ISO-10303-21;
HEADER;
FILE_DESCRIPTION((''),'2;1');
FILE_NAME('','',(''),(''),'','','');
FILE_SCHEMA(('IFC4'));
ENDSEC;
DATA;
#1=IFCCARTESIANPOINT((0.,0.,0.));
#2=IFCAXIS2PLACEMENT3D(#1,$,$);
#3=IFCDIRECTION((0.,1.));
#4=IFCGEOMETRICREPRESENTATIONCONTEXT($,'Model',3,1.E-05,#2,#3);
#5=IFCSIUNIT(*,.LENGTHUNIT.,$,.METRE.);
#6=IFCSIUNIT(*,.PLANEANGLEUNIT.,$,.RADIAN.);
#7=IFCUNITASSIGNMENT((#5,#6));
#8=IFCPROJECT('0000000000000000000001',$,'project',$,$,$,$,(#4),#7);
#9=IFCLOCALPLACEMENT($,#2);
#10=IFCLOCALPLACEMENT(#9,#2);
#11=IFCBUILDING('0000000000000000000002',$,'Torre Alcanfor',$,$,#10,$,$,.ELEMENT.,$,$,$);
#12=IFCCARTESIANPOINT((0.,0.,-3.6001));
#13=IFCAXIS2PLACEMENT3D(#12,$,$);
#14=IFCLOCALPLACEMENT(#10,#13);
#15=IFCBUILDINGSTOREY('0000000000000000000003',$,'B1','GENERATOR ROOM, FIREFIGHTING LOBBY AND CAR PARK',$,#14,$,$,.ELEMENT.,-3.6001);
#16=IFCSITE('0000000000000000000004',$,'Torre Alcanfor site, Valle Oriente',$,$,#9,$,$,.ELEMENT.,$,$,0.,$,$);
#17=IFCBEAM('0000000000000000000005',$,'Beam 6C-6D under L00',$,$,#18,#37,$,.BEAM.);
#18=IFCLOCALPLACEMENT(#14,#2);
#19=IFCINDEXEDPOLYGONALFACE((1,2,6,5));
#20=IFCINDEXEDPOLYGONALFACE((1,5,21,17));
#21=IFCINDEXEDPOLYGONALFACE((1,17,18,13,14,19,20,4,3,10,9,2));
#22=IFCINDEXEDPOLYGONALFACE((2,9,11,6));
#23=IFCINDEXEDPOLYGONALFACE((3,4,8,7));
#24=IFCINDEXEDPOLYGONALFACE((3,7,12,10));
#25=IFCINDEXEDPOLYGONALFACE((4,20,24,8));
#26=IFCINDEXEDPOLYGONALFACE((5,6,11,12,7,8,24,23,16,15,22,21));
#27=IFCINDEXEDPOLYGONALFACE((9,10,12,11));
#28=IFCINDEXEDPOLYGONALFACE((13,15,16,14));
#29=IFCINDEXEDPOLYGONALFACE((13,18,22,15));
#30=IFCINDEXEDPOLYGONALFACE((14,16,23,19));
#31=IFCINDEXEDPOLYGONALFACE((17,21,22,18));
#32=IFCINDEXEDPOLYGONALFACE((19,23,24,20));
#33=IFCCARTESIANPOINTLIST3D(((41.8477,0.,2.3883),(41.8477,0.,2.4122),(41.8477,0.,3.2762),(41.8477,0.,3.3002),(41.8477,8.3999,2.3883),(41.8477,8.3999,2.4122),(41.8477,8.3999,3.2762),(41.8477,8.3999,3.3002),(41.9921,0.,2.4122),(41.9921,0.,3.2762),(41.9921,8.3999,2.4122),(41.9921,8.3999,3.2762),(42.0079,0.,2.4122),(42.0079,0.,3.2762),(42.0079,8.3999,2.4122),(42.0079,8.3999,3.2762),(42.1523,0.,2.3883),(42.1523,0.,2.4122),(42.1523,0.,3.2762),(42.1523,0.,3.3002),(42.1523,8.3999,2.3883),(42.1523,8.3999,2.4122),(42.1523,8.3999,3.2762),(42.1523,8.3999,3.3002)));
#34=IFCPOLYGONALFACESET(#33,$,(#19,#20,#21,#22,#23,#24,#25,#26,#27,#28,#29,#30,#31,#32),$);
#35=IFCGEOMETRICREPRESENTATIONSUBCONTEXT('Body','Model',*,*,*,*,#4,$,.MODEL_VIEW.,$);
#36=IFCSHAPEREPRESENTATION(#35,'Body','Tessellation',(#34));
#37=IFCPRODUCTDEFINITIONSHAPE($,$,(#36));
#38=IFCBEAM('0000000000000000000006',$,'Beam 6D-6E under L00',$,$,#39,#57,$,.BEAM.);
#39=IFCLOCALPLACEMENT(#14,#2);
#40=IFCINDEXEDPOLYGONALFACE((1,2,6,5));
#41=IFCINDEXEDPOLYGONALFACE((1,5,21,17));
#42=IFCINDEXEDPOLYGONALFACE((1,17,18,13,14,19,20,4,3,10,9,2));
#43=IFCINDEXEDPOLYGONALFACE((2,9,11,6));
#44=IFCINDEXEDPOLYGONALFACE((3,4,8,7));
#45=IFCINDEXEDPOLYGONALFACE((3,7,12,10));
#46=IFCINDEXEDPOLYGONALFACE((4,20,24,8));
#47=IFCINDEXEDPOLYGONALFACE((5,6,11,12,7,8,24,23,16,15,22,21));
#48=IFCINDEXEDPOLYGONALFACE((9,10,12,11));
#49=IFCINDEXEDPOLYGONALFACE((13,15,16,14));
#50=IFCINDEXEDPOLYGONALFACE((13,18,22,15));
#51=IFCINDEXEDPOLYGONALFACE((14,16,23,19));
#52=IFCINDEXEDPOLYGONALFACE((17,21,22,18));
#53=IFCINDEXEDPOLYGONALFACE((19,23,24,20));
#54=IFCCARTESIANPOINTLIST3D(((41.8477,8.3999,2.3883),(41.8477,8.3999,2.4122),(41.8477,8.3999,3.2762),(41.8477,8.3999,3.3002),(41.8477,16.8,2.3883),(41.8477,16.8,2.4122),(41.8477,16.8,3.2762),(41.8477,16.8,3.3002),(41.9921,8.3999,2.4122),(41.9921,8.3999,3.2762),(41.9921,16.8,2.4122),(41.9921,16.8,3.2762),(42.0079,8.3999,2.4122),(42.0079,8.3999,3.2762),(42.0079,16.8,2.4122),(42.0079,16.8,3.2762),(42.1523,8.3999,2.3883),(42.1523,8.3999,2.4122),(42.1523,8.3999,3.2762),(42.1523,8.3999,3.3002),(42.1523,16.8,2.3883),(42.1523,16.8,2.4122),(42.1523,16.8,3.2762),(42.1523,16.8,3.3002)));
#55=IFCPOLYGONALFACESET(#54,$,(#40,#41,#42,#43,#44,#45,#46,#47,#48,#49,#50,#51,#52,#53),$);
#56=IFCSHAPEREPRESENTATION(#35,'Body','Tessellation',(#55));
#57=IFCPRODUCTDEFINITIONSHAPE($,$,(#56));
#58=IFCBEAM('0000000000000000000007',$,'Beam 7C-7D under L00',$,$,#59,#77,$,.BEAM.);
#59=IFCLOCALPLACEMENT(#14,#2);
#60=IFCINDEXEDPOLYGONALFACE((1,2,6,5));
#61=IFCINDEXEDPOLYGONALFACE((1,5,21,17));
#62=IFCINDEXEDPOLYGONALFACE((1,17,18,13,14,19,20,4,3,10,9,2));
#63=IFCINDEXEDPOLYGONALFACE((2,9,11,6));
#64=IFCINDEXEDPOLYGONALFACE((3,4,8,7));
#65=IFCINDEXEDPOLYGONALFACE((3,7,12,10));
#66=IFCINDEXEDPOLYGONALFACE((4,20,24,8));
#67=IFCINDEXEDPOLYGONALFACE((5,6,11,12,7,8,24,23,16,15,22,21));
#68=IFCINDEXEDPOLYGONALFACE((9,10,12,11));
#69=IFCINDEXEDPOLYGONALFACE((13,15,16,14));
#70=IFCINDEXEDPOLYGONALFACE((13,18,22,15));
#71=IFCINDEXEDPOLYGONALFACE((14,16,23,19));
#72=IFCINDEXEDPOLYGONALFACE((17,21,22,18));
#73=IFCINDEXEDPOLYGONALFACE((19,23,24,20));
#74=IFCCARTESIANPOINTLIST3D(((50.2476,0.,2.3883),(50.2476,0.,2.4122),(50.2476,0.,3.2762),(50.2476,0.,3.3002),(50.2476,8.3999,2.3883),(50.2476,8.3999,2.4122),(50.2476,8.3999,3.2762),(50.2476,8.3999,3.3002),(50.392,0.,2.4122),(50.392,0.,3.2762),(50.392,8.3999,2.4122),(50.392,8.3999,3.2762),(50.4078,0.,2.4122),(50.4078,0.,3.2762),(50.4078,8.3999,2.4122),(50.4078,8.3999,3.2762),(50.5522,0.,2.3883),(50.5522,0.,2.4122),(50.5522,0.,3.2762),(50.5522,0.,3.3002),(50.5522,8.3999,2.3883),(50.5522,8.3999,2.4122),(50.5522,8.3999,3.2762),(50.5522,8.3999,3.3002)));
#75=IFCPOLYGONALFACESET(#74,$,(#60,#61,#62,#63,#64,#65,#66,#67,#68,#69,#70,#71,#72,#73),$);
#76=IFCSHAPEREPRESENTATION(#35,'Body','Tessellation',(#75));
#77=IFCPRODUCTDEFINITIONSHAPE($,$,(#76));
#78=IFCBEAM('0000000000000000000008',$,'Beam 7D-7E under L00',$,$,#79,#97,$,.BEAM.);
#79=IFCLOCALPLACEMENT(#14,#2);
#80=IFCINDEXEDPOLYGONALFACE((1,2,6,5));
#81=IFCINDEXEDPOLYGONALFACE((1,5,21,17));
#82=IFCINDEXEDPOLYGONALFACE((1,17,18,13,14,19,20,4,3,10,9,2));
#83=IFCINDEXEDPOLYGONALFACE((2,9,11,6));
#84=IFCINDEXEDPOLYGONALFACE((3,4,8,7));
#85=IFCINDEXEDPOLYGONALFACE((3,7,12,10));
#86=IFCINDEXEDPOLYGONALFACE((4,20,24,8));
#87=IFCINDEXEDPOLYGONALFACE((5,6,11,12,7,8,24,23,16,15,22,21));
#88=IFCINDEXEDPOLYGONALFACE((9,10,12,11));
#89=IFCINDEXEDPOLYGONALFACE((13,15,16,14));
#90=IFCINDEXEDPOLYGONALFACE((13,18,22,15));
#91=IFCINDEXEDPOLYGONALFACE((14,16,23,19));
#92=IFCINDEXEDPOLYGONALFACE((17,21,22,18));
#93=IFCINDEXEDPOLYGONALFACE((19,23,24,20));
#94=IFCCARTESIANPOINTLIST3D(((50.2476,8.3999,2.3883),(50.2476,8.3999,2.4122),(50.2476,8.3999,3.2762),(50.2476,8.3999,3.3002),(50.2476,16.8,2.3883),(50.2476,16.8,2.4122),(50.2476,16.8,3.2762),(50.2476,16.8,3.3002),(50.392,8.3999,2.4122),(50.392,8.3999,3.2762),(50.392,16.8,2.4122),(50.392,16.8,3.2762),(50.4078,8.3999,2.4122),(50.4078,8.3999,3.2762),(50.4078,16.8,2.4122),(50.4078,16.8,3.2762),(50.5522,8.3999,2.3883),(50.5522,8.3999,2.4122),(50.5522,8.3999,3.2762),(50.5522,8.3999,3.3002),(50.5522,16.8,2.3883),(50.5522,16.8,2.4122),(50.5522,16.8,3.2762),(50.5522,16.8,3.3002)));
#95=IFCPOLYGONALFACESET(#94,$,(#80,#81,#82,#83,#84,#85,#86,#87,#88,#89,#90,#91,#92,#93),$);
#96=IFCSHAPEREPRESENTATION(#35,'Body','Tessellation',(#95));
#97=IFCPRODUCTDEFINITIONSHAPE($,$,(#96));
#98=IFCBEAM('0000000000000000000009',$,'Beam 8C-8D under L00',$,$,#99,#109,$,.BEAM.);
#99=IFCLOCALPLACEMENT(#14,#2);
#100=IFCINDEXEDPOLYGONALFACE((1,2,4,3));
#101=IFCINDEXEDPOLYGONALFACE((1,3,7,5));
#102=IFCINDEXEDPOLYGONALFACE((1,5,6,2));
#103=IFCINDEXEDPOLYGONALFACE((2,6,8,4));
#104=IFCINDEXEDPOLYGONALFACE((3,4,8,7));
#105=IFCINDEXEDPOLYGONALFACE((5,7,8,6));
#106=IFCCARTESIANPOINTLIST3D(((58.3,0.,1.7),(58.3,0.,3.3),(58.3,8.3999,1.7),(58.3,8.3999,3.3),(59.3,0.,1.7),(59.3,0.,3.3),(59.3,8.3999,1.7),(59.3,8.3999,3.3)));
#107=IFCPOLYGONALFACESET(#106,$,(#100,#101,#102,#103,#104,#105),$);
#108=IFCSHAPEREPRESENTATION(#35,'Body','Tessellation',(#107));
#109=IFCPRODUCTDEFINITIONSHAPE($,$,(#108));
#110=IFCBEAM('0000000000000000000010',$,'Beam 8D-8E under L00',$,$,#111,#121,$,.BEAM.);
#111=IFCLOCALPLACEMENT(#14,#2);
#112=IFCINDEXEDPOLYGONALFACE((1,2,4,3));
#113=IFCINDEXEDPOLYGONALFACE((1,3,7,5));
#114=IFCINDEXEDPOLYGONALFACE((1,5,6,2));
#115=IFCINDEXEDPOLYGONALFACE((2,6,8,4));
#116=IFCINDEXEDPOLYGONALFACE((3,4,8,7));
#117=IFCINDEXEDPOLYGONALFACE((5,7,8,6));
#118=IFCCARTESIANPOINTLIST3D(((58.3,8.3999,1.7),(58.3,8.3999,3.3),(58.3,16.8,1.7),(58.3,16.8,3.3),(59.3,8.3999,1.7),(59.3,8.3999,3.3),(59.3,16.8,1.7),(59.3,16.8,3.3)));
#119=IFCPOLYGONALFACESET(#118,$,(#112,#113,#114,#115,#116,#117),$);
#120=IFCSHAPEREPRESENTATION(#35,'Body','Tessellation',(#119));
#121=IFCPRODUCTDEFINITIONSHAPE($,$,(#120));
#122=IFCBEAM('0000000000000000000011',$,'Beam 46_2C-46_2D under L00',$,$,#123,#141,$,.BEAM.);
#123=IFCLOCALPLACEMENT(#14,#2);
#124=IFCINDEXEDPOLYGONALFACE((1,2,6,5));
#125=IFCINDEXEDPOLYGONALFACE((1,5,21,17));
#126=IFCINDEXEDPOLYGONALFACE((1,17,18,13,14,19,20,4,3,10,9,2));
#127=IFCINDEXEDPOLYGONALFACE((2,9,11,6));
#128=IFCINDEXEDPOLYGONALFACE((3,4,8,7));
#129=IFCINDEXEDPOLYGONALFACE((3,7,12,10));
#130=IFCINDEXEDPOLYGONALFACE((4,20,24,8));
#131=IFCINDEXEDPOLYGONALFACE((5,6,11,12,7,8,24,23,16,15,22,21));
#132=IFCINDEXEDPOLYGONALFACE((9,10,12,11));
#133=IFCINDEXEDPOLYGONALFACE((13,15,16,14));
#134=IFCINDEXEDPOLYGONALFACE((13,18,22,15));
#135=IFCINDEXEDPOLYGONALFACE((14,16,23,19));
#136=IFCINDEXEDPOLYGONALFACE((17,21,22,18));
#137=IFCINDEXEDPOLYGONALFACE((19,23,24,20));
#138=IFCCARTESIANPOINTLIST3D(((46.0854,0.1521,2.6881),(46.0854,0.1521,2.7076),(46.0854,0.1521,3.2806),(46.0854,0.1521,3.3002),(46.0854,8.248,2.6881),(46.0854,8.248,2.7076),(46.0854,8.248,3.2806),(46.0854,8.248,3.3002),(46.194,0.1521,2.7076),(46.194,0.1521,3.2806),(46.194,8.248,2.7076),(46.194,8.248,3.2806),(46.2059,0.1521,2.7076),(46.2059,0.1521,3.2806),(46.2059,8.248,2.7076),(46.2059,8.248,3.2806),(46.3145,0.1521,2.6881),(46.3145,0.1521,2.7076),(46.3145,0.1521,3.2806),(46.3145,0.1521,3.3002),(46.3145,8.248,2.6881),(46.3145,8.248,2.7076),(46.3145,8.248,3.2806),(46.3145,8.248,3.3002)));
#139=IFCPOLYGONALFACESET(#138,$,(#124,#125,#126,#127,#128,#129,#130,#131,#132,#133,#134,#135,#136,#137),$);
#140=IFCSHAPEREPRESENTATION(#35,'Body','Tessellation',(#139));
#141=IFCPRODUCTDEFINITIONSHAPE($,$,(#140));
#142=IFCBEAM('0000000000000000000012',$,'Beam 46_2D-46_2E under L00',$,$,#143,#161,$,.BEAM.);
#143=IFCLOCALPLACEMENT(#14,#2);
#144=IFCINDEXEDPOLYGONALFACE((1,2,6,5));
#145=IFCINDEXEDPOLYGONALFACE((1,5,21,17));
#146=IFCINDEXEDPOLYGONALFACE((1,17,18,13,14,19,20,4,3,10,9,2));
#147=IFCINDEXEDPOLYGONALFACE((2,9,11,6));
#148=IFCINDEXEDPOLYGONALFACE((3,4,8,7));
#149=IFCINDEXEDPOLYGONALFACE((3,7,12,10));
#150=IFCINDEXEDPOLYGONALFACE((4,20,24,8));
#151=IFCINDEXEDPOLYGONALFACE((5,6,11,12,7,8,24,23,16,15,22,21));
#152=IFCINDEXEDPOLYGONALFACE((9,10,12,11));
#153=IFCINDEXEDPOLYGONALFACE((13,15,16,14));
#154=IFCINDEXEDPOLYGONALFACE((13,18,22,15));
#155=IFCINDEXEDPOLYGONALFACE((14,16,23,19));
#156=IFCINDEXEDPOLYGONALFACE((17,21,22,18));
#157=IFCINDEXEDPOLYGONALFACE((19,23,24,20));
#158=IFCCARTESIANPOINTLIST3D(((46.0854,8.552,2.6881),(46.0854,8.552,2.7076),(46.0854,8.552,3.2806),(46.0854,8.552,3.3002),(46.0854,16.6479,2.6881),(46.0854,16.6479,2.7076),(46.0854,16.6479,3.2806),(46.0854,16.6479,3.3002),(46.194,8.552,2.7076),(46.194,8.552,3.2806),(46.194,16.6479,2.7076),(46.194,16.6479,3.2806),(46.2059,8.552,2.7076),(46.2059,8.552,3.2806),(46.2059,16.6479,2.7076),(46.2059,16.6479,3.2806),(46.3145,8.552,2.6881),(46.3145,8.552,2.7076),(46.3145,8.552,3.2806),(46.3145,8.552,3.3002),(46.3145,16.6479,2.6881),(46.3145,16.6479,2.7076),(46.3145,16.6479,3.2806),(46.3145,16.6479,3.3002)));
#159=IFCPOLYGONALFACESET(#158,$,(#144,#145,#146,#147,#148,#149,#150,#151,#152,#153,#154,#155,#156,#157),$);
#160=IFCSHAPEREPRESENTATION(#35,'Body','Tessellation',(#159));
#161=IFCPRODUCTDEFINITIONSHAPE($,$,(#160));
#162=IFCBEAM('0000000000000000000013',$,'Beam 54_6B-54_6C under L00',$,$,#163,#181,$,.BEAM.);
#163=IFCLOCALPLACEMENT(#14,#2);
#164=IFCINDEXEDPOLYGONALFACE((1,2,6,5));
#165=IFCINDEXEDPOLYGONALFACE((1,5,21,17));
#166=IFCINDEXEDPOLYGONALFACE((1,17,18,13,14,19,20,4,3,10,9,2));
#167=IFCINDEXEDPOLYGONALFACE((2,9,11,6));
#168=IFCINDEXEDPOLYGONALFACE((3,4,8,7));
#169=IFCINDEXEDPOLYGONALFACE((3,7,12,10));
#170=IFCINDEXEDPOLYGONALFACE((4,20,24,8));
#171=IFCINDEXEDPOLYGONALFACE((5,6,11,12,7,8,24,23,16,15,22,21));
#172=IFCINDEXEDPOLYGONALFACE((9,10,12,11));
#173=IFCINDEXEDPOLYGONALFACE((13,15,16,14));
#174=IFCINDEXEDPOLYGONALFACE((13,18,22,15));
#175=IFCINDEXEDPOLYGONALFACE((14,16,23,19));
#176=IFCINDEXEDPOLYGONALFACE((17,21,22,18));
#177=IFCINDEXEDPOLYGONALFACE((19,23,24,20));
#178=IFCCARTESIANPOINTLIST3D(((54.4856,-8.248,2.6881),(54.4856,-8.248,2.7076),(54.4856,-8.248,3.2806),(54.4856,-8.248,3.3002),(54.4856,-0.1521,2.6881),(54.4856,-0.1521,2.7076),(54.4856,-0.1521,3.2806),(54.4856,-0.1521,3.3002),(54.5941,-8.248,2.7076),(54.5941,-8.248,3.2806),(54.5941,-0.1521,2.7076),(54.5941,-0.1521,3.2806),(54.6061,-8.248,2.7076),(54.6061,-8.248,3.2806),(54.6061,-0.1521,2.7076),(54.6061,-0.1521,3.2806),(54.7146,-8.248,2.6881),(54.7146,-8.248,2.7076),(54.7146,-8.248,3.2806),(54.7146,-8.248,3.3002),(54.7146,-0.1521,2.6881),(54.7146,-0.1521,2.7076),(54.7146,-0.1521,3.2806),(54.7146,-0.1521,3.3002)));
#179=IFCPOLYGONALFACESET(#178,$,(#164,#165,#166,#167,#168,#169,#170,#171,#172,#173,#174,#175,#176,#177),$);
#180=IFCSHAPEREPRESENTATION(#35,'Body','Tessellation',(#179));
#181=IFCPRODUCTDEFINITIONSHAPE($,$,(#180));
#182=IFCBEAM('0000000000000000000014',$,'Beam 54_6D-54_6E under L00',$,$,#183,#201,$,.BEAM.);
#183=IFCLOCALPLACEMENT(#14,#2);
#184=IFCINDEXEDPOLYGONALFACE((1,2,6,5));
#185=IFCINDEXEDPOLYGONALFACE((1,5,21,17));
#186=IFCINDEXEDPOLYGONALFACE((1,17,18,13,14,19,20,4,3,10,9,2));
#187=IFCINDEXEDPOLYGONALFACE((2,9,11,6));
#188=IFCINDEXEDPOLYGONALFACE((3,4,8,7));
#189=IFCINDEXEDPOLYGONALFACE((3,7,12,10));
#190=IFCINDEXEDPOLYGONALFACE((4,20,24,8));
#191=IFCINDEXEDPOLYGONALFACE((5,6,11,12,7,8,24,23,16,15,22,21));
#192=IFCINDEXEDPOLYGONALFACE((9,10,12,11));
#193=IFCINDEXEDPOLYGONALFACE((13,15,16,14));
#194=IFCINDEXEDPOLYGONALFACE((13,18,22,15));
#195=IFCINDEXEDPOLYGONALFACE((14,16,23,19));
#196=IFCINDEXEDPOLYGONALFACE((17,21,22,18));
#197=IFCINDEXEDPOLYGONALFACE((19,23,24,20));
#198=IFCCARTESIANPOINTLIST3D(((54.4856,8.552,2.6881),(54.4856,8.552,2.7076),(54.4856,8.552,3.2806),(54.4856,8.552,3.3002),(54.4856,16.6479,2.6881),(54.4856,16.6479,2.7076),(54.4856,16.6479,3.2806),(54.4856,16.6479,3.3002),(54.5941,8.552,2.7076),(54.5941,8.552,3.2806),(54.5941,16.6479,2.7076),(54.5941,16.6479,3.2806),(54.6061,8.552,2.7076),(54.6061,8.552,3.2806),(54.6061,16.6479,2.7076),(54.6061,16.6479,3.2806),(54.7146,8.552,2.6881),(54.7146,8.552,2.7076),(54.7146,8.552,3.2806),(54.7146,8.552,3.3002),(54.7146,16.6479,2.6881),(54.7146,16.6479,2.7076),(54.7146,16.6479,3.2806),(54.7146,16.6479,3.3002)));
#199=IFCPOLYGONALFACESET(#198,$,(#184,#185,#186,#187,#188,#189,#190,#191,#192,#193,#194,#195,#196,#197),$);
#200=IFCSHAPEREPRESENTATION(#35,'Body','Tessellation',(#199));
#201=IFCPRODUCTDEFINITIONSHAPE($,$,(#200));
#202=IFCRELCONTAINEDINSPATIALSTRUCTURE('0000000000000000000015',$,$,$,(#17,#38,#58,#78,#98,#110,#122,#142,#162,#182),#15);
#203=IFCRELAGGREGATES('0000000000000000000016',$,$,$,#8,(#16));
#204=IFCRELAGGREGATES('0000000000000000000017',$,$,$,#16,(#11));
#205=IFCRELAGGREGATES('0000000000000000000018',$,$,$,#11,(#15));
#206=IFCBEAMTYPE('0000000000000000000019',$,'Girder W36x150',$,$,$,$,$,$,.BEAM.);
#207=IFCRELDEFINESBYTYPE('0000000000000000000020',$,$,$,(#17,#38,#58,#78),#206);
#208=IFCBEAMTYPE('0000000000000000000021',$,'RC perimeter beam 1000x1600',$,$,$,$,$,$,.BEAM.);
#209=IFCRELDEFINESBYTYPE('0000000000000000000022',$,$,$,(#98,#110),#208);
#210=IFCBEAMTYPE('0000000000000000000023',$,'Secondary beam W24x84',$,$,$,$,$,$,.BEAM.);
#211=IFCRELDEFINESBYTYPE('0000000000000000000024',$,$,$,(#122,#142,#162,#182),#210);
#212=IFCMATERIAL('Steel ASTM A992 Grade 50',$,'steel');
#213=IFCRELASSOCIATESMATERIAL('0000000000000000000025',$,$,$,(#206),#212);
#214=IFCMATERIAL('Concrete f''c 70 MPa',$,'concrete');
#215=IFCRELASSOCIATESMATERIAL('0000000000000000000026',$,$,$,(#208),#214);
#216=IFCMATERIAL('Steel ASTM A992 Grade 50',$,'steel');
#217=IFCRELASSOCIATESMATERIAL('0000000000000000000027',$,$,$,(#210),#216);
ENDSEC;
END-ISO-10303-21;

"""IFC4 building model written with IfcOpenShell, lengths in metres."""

from ifc_helpers import new_model, si_unit, direction, frame, origin, origin_2d, place, context, subcontext, project, spatial, rectangle, i_section, extrude, material, material_profile, profile_set, type_object, element, save


model = new_model("IFC4")

# Units and contexts
model_context = context("Model", 3, precision=1e-05, world=origin(), true_north=direction((0.0, 1.0)))
body_context = subcontext(model_context, "Body", "Model", "MODEL_VIEW")
ifc_project = project(units=[si_unit("LENGTHUNIT", "METRE"), si_unit("PLANEANGLEUNIT", "RADIAN")], contexts=[model_context])

# Site, building, storey
site_placement = place(None, origin())
site = spatial("IfcSite", under=ifc_project, at=site_placement, Name="Torre Alcanfor site, Valle Oriente", CompositionType="ELEMENT", RefElevation=0.0)
building_placement = place(site_placement, origin())
building = spatial("IfcBuilding", under=site, at=building_placement, Name="Torre Alcanfor", CompositionType="ELEMENT")
storey_placement = place(building_placement, frame((0.0, 0.0, -3.6001)))
storey = spatial("IfcBuildingStorey", under=building, at=storey_placement, Name="B1", Description="GENERATOR ROOM, FIREFIGHTING LOBBY AND CAR PARK", CompositionType="ELEMENT", Elevation=-3.6001)

# Beams
ifc_material_1 = material(Name="Steel ASTM A992 Grade 50", Category="steel")
ifc_material_profile_1 = material_profile(ifc_material_1, i_section(OverallWidth=0.3047, OverallDepth=0.9119, WebThickness=0.0159, FlangeThickness=0.0239, at=origin_2d()), Name="W36x150")
ifc_profile_set_1 = profile_set([ifc_material_profile_1], Name="Steel ASTM A992 Grade 50")
beam_type_1 = type_object("IfcBeamType", Name="Girder W36x150", PredefinedType="BEAM", material=ifc_profile_set_1)
beam_1_placement = place(storey_placement, frame((42.0, 0.0, 2.8442), z_axis=(0.0, 1.0, 0.0), x_axis=(-1.0, 0.0, 0.0)))
element("IfcBeam", 1, at=beam_1_placement, inside=storey, type_object=beam_type_1, Name="Beam 6C-6D under L00", PredefinedType="BEAM", context=body_context, shape_type="SweptSolid", body=[
    extrude(i_section(OverallWidth=0.3047, OverallDepth=0.9119, WebThickness=0.0159, FlangeThickness=0.0239, at=origin_2d()), origin(), (0.0, 0.0, 1.0), 8.3999),
])
beam_2_placement = place(storey_placement, frame((42.0, 8.3999, 2.8442), z_axis=(0.0, 1.0, 0.0), x_axis=(-1.0, 0.0, 0.0)))
element("IfcBeam", 2, at=beam_2_placement, inside=storey, type_object=beam_type_1, Name="Beam 6D-6E under L00", PredefinedType="BEAM", context=body_context, shape_type="SweptSolid", body=[
    extrude(i_section(OverallWidth=0.3047, OverallDepth=0.9119, WebThickness=0.0159, FlangeThickness=0.0239, at=origin_2d()), origin(), (0.0, 0.0, 1.0), 8.4001),
])
beam_3_placement = place(storey_placement, frame((50.3999, 0.0, 2.8442), z_axis=(0.0, 1.0, 0.0), x_axis=(-1.0, 0.0, 0.0)))
element("IfcBeam", 3, at=beam_3_placement, inside=storey, type_object=beam_type_1, Name="Beam 7C-7D under L00", PredefinedType="BEAM", context=body_context, shape_type="SweptSolid", body=[
    extrude(i_section(OverallWidth=0.3047, OverallDepth=0.9119, WebThickness=0.0159, FlangeThickness=0.0239, at=origin_2d()), origin(), (0.0, 0.0, 1.0), 8.3999),
])
beam_4_placement = place(storey_placement, frame((50.3999, 8.3999, 2.8442), z_axis=(0.0, 1.0, 0.0), x_axis=(-1.0, 0.0, 0.0)))
element("IfcBeam", 4, at=beam_4_placement, inside=storey, type_object=beam_type_1, Name="Beam 7D-7E under L00", PredefinedType="BEAM", context=body_context, shape_type="SweptSolid", body=[
    extrude(i_section(OverallWidth=0.3047, OverallDepth=0.9119, WebThickness=0.0159, FlangeThickness=0.0239, at=origin_2d()), origin(), (0.0, 0.0, 1.0), 8.4001),
])
ifc_material_2 = material(Name="Concrete f'c 70 MPa", Category="concrete")
ifc_material_profile_2 = material_profile(ifc_material_2, rectangle(XDim=1.0, YDim=1.6001, at=origin_2d()), Name="1000x1600")
ifc_profile_set_2 = profile_set([ifc_material_profile_2], Name="Concrete f'c 70 MPa")
beam_type_2 = type_object("IfcBeamType", Name="RC perimeter beam 1000x1600", PredefinedType="BEAM", material=ifc_profile_set_2)
beam_5_placement = place(storey_placement, frame((58.8, 0.0, 2.5), z_axis=(0.0, 1.0, 0.0), x_axis=(-1.0, 0.0, 0.0)))
element("IfcBeam", 5, at=beam_5_placement, inside=storey, type_object=beam_type_2, Name="Beam 8C-8D under L00", PredefinedType="BEAM", context=body_context, shape_type="SweptSolid", body=[
    extrude(rectangle(XDim=1.0, YDim=1.6001, at=origin_2d()), origin(), (0.0, 0.0, 1.0), 8.3999),
])
beam_6_placement = place(storey_placement, frame((58.8, 8.3999, 2.5), z_axis=(0.0, 1.0, 0.0), x_axis=(-1.0, 0.0, 0.0)))
element("IfcBeam", 6, at=beam_6_placement, inside=storey, type_object=beam_type_2, Name="Beam 8D-8E under L00", PredefinedType="BEAM", context=body_context, shape_type="SweptSolid", body=[
    extrude(rectangle(XDim=1.0, YDim=1.6001, at=origin_2d()), origin(), (0.0, 0.0, 1.0), 8.4001),
])
ifc_material_3 = material(Name="Steel ASTM A992 Grade 50", Category="steel")
ifc_material_profile_3 = material_profile(ifc_material_3, i_section(OverallWidth=0.229, OverallDepth=0.6121, WebThickness=0.012, FlangeThickness=0.0195, at=origin_2d()), Name="W24x84")
ifc_profile_set_3 = profile_set([ifc_material_profile_3], Name="Steel ASTM A992 Grade 50")
beam_type_3 = type_object("IfcBeamType", Name="Secondary beam W24x84", PredefinedType="BEAM", material=ifc_profile_set_3)
for number, where, z_axis, x_axis, name in (
    (7, (46.2, 0.1521, 2.9941), (0.0, 1.0, 0.0), (-1.0, 0.0, 0.0), "Beam 46_2C-46_2D under L00"),
    (8, (46.2, 8.552, 2.9941), (0.0, 1.0, 0.0), (-1.0, 0.0, 0.0), "Beam 46_2D-46_2E under L00"),
    (9, (54.6001, -8.248, 2.9941), (0.0, 1.0, 0.0), (-1.0, 0.0, 0.0), "Beam 54_6B-54_6C under L00"),
    (10, (54.6001, 8.552, 2.9941), (0.0, 1.0, 0.0), (-1.0, 0.0, 0.0), "Beam 54_6D-54_6E under L00"),
):
    element("IfcBeam", number, at=place(storey_placement, frame(where, z_axis=z_axis, x_axis=x_axis)), inside=storey, type_object=beam_type_3, Name=name, PredefinedType="BEAM", context=body_context, shape_type="SweptSolid", body=[
        extrude(i_section(OverallWidth=0.229, OverallDepth=0.6121, WebThickness=0.012, FlangeThickness=0.0195, at=origin_2d()), origin(), (0.0, 0.0, 1.0), 8.0959),
    ])

save(model, "model.ifc")
